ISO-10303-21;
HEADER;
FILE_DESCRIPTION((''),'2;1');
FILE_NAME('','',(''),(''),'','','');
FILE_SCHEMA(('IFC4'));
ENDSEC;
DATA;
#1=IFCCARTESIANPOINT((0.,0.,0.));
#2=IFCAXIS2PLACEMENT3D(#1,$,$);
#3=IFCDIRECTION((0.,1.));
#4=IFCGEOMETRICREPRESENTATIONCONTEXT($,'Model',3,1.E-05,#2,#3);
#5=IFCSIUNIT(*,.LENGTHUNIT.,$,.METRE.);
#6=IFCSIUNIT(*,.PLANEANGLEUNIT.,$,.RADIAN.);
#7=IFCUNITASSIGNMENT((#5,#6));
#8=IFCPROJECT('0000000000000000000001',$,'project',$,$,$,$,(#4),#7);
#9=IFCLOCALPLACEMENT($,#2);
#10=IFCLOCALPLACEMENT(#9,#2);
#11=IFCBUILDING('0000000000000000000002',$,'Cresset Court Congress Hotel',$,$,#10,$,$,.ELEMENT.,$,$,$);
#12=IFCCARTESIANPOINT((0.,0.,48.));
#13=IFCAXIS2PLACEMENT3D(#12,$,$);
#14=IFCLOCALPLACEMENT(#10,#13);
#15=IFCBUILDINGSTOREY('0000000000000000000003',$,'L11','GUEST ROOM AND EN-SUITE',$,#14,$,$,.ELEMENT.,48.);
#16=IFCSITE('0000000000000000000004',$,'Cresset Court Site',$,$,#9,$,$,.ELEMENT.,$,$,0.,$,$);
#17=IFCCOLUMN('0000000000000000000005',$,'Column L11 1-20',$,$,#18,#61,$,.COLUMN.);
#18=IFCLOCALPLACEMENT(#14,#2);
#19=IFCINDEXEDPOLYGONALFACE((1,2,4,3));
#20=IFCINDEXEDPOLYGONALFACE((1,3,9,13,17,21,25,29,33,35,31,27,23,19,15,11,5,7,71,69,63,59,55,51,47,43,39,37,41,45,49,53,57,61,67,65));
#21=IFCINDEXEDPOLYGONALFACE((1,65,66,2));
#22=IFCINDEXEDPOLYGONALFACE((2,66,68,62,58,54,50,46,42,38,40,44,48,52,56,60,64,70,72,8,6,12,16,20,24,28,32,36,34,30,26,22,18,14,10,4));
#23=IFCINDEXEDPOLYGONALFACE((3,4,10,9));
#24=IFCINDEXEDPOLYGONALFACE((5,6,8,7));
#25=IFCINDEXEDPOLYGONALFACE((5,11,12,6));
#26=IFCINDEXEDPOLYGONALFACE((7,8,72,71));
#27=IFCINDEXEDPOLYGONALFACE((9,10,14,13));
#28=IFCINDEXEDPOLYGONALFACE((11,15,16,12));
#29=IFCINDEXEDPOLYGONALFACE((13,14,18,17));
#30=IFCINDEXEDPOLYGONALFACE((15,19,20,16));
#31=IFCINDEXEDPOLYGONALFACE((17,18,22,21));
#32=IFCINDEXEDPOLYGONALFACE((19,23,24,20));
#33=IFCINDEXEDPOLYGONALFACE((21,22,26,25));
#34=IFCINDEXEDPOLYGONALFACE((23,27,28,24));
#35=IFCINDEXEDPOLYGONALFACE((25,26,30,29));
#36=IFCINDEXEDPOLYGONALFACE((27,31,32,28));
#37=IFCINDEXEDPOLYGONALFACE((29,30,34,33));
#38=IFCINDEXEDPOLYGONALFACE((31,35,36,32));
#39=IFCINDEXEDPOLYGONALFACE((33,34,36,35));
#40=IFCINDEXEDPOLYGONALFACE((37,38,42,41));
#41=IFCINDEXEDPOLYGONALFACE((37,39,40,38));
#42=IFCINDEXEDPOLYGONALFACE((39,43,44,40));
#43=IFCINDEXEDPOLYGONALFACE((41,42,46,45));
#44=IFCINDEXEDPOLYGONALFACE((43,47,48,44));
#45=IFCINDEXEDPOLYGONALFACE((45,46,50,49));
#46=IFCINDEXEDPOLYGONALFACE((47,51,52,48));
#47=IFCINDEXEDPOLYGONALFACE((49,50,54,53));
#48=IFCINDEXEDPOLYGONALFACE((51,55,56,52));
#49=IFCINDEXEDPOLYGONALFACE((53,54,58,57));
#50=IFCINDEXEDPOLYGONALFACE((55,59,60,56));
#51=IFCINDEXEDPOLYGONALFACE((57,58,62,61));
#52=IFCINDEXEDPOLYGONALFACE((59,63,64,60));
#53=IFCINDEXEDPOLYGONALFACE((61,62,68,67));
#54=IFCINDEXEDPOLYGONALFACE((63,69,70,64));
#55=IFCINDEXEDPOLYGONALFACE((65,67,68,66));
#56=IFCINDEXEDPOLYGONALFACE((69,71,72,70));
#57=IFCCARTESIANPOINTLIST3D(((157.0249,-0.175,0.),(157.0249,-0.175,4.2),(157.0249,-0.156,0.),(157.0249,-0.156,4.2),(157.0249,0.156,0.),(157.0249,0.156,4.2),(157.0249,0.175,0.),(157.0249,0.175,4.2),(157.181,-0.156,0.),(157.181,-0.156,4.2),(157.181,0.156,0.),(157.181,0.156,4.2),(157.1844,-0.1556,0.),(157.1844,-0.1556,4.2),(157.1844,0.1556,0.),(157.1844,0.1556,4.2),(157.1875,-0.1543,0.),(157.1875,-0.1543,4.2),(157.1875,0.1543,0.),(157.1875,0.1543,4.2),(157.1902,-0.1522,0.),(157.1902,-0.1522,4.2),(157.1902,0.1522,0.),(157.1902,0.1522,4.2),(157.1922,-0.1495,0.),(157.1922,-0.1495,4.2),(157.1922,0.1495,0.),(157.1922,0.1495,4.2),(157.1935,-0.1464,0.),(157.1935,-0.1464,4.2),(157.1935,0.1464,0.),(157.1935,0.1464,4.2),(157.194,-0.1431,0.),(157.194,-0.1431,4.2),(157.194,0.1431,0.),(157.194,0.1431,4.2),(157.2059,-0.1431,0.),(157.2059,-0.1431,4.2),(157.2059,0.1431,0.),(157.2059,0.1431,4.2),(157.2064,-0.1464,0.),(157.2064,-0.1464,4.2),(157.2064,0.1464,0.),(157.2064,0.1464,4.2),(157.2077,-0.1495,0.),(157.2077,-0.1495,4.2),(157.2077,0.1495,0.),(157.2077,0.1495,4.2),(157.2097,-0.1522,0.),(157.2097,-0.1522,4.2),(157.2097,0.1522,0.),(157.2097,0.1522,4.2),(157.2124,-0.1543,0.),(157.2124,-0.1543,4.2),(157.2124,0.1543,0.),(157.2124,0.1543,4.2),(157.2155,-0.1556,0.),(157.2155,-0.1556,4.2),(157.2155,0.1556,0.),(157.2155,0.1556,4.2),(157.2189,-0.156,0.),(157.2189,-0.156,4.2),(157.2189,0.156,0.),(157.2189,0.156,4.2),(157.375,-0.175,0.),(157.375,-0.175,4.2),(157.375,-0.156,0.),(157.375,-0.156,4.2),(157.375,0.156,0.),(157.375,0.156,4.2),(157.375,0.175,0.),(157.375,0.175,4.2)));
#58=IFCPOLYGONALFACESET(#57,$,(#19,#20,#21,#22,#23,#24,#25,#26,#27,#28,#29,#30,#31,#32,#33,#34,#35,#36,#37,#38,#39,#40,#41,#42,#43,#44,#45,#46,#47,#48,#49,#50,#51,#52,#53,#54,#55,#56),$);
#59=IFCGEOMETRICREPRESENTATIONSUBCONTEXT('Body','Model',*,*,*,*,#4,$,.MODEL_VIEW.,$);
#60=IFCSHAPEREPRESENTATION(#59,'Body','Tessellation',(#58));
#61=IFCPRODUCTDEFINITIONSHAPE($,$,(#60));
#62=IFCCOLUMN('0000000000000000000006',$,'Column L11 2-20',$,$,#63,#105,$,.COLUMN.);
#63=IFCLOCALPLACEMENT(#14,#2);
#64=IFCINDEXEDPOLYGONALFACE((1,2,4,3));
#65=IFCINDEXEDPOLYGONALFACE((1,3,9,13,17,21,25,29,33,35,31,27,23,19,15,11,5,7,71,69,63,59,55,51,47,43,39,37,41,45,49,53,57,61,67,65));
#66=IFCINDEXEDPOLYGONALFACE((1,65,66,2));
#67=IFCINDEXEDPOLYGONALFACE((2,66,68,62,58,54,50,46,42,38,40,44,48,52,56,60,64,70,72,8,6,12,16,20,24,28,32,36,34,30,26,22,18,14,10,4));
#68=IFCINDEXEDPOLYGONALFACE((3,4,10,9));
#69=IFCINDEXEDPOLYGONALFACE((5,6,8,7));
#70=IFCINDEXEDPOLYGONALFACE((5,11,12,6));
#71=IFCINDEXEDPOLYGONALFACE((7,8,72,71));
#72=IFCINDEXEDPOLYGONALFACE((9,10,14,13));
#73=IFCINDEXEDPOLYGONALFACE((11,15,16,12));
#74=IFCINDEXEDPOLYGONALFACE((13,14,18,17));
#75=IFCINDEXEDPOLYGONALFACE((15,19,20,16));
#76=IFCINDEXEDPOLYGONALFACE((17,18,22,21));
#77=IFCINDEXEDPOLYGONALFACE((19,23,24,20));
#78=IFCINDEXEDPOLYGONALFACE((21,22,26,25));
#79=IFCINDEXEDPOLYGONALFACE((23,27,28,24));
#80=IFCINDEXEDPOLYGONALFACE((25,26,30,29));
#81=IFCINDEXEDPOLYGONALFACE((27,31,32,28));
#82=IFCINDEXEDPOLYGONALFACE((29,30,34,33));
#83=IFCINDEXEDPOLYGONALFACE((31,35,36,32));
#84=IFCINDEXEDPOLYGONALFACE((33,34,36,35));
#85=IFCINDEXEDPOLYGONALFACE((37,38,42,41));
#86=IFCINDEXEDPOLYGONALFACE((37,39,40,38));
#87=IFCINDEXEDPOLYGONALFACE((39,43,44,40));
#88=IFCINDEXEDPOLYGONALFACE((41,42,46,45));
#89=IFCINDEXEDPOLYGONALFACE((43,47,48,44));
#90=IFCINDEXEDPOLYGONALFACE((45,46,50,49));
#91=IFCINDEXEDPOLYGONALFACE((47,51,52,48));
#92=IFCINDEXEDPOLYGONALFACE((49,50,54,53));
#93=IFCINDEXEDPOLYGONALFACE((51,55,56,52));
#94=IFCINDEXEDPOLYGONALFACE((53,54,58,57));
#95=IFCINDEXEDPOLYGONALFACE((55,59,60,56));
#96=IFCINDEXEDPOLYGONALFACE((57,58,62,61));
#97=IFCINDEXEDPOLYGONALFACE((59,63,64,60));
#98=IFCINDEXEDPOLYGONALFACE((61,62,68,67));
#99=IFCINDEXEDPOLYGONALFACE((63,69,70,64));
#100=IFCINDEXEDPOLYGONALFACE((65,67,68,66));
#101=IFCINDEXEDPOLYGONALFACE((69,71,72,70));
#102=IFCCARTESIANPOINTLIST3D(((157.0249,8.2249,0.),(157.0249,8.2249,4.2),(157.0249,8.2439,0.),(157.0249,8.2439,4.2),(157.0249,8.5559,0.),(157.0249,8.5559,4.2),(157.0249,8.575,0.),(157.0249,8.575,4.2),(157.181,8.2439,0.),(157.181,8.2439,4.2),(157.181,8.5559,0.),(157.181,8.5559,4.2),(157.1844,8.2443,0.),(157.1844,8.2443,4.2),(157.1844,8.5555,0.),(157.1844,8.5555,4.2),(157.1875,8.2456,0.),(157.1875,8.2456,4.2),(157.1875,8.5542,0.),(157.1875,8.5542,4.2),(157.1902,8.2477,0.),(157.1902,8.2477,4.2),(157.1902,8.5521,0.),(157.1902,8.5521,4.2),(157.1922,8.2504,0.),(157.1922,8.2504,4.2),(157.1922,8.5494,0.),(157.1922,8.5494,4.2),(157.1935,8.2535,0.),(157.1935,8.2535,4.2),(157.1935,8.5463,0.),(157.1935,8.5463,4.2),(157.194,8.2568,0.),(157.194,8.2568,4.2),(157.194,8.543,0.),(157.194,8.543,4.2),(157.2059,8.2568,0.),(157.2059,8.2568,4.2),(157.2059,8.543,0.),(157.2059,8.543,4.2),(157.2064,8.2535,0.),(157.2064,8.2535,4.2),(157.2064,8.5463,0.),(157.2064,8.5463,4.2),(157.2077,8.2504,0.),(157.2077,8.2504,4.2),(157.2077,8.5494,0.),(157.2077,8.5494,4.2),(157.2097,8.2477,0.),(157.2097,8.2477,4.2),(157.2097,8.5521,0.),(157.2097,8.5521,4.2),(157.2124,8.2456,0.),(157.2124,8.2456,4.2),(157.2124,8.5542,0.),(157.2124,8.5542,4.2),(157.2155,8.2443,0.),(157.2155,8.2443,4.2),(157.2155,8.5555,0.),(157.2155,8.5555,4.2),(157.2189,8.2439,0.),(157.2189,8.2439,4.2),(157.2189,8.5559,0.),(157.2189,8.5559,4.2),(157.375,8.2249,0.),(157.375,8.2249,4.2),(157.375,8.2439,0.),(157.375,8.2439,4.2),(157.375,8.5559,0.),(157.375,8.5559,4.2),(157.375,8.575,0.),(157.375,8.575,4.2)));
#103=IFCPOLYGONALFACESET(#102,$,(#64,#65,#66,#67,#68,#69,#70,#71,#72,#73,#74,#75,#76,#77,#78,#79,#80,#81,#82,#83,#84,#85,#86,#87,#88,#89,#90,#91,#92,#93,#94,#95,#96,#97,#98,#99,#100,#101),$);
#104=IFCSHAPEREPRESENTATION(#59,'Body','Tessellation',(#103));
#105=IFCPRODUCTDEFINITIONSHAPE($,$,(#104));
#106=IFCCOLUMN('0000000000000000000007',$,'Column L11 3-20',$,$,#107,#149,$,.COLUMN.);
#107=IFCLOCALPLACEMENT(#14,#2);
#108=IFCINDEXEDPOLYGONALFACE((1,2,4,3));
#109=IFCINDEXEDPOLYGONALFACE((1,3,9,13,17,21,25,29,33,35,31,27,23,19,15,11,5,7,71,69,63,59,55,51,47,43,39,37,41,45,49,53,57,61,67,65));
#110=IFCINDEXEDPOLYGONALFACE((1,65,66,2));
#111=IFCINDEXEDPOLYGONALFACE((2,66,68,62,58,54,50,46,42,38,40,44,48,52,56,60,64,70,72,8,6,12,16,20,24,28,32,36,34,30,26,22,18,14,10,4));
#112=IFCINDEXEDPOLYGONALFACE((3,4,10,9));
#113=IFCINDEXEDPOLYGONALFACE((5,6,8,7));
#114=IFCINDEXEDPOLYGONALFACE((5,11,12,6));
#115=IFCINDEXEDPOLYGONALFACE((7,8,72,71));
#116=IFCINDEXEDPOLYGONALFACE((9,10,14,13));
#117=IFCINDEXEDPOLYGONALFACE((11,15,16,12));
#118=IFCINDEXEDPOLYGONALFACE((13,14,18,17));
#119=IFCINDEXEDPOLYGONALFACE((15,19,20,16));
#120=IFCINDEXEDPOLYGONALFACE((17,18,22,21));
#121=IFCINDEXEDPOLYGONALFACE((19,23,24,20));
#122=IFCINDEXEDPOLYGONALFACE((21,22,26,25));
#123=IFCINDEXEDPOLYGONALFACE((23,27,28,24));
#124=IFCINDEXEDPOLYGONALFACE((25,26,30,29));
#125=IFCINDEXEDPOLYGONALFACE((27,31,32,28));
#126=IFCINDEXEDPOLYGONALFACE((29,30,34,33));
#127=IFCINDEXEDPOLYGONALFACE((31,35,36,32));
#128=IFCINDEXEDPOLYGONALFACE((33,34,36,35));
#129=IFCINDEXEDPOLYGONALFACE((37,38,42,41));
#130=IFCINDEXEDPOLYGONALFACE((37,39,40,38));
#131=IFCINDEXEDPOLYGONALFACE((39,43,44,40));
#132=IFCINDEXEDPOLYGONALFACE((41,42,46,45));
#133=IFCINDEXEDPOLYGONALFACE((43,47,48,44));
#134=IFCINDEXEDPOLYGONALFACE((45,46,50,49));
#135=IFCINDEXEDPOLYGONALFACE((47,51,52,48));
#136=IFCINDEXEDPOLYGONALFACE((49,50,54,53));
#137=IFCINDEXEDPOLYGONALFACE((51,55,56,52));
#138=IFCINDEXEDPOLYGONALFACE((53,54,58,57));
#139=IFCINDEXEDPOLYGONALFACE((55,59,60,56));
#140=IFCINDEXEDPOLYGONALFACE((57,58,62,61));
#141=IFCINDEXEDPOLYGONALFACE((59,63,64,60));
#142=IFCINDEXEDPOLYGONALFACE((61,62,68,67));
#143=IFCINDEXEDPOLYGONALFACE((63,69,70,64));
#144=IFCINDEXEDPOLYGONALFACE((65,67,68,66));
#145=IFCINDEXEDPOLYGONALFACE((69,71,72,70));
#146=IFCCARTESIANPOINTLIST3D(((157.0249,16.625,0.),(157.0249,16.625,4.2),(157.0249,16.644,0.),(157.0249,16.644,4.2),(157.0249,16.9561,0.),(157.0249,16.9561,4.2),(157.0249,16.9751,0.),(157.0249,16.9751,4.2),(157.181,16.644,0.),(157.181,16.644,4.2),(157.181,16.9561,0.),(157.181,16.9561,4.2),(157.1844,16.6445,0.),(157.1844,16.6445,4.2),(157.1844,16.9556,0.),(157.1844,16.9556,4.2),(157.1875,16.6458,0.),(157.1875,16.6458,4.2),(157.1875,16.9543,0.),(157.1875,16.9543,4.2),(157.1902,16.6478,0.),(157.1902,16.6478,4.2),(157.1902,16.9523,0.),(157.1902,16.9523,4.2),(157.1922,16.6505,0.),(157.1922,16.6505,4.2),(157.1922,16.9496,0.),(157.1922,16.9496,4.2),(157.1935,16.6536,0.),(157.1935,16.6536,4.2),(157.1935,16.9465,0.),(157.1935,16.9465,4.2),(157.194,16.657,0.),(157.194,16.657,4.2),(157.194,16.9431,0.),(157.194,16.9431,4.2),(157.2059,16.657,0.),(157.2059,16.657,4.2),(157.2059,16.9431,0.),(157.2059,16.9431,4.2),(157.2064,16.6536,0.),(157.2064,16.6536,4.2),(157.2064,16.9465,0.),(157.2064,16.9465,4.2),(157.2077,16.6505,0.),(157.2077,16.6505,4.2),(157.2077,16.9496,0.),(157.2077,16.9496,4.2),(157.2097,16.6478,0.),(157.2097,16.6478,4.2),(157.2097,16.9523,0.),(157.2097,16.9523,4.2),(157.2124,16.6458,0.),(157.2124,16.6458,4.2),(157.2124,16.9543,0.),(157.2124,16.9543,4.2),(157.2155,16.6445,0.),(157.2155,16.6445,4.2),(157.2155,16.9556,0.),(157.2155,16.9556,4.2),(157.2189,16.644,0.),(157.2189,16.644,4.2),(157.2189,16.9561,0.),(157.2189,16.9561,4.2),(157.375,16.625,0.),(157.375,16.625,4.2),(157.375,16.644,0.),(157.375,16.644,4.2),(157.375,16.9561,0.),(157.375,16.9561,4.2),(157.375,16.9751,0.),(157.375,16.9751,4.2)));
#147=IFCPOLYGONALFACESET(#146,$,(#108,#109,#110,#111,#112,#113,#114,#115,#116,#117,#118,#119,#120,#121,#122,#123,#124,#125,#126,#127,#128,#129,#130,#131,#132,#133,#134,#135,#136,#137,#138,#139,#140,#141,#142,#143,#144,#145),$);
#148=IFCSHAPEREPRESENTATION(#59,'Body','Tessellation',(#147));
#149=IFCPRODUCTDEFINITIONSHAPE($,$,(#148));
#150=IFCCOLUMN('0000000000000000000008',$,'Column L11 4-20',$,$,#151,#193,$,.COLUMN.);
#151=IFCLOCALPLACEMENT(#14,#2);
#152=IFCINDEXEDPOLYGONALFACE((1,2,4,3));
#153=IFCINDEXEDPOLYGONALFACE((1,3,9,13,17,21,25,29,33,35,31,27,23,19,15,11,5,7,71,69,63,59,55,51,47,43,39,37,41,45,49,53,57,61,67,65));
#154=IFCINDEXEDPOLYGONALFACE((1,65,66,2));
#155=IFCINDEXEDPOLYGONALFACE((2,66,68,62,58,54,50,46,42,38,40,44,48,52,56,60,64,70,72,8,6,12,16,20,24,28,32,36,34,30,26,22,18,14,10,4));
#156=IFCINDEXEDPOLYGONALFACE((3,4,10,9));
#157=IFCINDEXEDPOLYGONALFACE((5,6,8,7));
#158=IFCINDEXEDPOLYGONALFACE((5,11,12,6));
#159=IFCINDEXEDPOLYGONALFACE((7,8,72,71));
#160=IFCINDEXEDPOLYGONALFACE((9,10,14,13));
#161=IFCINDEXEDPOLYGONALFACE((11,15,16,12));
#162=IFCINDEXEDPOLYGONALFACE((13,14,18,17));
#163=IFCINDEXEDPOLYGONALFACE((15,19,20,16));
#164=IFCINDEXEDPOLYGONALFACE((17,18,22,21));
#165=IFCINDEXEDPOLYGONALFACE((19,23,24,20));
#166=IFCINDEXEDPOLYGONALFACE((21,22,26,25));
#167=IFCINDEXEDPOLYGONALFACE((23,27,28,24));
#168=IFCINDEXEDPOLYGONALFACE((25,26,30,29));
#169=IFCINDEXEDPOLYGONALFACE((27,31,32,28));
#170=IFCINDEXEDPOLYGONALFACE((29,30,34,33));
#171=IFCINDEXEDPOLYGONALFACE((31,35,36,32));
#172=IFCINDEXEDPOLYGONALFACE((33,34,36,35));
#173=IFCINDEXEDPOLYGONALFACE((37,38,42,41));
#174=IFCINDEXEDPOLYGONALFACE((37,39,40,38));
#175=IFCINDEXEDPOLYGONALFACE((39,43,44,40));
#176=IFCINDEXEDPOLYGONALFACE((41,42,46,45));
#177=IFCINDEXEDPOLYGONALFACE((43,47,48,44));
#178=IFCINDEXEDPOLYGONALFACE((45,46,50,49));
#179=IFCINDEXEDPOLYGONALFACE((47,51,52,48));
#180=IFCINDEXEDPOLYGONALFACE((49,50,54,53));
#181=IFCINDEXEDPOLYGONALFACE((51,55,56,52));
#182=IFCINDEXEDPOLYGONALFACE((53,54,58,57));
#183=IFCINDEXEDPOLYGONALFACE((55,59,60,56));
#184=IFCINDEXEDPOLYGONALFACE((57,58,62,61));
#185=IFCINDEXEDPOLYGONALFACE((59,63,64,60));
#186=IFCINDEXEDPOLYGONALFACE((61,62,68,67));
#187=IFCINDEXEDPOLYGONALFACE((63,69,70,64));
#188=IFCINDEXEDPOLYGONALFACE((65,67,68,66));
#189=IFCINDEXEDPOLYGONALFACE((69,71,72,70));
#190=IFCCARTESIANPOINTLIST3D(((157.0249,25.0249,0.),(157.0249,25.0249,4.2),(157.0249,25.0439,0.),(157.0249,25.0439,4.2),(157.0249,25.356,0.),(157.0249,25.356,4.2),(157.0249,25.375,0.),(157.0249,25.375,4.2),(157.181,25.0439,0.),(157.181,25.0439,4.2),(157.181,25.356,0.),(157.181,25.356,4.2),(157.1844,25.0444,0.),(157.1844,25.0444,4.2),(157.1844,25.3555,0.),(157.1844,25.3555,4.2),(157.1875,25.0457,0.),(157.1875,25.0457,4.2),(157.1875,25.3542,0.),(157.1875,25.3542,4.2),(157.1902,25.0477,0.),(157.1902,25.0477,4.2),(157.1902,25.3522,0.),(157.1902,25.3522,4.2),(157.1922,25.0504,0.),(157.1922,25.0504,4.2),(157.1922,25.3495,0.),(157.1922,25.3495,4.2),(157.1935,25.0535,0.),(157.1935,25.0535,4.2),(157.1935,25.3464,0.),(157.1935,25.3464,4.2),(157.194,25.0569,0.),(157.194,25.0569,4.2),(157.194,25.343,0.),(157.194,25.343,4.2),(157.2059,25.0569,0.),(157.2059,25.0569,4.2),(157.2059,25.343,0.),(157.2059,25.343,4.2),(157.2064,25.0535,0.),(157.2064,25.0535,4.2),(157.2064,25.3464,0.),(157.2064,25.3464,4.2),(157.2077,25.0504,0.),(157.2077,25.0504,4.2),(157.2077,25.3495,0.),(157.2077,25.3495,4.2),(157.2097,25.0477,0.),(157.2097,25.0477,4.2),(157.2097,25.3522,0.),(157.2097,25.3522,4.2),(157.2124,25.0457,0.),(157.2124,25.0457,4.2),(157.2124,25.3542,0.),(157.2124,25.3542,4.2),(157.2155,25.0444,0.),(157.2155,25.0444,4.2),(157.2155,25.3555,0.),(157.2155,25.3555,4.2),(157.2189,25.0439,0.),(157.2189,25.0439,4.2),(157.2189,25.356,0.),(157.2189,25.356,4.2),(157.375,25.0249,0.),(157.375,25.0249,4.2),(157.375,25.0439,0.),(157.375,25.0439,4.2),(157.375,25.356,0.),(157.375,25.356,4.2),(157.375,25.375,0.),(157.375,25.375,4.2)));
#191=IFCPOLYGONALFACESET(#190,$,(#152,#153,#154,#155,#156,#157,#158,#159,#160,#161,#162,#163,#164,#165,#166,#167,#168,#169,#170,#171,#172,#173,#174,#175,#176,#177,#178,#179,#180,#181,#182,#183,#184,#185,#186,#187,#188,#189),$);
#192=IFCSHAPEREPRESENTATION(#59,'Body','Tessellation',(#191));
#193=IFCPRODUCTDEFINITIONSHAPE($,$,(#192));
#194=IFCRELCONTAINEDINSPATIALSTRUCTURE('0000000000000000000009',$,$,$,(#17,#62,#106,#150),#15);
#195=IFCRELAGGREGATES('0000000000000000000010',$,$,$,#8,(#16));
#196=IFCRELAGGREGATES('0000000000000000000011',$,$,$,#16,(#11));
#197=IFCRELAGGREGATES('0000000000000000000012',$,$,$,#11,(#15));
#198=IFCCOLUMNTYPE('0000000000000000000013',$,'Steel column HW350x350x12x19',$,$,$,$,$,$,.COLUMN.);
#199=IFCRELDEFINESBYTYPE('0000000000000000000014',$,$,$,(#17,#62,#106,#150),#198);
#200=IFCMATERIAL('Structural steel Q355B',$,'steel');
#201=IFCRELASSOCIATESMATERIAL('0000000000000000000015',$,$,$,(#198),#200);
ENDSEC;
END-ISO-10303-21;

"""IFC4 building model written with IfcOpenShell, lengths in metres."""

from ifc_helpers import new_model, si_unit, direction, frame, origin, origin_2d, place, context, subcontext, project, spatial, i_section, extrude, material, material_profile, profile_set, type_object, element, save


model = new_model("IFC4")

# Units and contexts
model_context = context("Model", 3, precision=1e-05, world=origin(), true_north=direction((0.0, 1.0)))
body_context = subcontext(model_context, "Body", "Model", "MODEL_VIEW")
ifc_project = project(units=[si_unit("LENGTHUNIT", "METRE"), si_unit("PLANEANGLEUNIT", "RADIAN")], contexts=[model_context])

# Site, building, storey
site_placement = place(None, origin())
site = spatial("IfcSite", under=ifc_project, at=site_placement, Name="Cresset Court Site", CompositionType="ELEMENT", RefElevation=0.0)
building_placement = place(site_placement, origin())
building = spatial("IfcBuilding", under=site, at=building_placement, Name="Cresset Court Congress Hotel", CompositionType="ELEMENT")
storey_placement = place(building_placement, frame((0.0, 0.0, 48.0)))
storey = spatial("IfcBuildingStorey", under=building, at=storey_placement, Name="L11", Description="GUEST ROOM AND EN-SUITE", CompositionType="ELEMENT", Elevation=48.0)

# Columns
ifc_material_1 = material(Name="Structural steel Q355B", Category="steel")
ifc_material_profile_1 = material_profile(ifc_material_1, i_section(OverallWidth=0.3501, OverallDepth=0.3501, WebThickness=0.012, FlangeThickness=0.019, FilletRadius=0.0129, at=origin_2d()), Name="HW350x350x12x19")
ifc_profile_set_1 = profile_set([ifc_material_profile_1], Name="Structural steel Q355B")
column_type = type_object("IfcColumnType", Name="Steel column HW350x350x12x19", PredefinedType="COLUMN", material=ifc_profile_set_1)
for number, where, z_axis, x_axis, name in (
    (1, (157.2, 0.0, 0.0), (0.0, 0.0, 1.0), (1.0, 0.0, 0.0), "Column L11 1-20"),
    (2, (157.2, 8.3999, 0.0), (0.0, 0.0, 1.0), (1.0, 0.0, 0.0), "Column L11 2-20"),
    (3, (157.2, 16.8, 0.0), (0.0, 0.0, 1.0), (1.0, 0.0, 0.0), "Column L11 3-20"),
    (4, (157.2, 25.2, 0.0), (0.0, 0.0, 1.0), (1.0, 0.0, 0.0), "Column L11 4-20"),
):
    element("IfcColumn", number, at=place(storey_placement, frame(where, z_axis=z_axis, x_axis=x_axis)), inside=storey, type_object=column_type, Name=name, PredefinedType="COLUMN", context=body_context, shape_type="SweptSolid", body=[
        extrude(i_section(OverallWidth=0.3501, OverallDepth=0.3501, WebThickness=0.012, FlangeThickness=0.019, FilletRadius=0.0129, at=origin_2d()), origin(), (0.0, 0.0, 1.0), 4.2),
    ])

save(model, "model.ifc")
